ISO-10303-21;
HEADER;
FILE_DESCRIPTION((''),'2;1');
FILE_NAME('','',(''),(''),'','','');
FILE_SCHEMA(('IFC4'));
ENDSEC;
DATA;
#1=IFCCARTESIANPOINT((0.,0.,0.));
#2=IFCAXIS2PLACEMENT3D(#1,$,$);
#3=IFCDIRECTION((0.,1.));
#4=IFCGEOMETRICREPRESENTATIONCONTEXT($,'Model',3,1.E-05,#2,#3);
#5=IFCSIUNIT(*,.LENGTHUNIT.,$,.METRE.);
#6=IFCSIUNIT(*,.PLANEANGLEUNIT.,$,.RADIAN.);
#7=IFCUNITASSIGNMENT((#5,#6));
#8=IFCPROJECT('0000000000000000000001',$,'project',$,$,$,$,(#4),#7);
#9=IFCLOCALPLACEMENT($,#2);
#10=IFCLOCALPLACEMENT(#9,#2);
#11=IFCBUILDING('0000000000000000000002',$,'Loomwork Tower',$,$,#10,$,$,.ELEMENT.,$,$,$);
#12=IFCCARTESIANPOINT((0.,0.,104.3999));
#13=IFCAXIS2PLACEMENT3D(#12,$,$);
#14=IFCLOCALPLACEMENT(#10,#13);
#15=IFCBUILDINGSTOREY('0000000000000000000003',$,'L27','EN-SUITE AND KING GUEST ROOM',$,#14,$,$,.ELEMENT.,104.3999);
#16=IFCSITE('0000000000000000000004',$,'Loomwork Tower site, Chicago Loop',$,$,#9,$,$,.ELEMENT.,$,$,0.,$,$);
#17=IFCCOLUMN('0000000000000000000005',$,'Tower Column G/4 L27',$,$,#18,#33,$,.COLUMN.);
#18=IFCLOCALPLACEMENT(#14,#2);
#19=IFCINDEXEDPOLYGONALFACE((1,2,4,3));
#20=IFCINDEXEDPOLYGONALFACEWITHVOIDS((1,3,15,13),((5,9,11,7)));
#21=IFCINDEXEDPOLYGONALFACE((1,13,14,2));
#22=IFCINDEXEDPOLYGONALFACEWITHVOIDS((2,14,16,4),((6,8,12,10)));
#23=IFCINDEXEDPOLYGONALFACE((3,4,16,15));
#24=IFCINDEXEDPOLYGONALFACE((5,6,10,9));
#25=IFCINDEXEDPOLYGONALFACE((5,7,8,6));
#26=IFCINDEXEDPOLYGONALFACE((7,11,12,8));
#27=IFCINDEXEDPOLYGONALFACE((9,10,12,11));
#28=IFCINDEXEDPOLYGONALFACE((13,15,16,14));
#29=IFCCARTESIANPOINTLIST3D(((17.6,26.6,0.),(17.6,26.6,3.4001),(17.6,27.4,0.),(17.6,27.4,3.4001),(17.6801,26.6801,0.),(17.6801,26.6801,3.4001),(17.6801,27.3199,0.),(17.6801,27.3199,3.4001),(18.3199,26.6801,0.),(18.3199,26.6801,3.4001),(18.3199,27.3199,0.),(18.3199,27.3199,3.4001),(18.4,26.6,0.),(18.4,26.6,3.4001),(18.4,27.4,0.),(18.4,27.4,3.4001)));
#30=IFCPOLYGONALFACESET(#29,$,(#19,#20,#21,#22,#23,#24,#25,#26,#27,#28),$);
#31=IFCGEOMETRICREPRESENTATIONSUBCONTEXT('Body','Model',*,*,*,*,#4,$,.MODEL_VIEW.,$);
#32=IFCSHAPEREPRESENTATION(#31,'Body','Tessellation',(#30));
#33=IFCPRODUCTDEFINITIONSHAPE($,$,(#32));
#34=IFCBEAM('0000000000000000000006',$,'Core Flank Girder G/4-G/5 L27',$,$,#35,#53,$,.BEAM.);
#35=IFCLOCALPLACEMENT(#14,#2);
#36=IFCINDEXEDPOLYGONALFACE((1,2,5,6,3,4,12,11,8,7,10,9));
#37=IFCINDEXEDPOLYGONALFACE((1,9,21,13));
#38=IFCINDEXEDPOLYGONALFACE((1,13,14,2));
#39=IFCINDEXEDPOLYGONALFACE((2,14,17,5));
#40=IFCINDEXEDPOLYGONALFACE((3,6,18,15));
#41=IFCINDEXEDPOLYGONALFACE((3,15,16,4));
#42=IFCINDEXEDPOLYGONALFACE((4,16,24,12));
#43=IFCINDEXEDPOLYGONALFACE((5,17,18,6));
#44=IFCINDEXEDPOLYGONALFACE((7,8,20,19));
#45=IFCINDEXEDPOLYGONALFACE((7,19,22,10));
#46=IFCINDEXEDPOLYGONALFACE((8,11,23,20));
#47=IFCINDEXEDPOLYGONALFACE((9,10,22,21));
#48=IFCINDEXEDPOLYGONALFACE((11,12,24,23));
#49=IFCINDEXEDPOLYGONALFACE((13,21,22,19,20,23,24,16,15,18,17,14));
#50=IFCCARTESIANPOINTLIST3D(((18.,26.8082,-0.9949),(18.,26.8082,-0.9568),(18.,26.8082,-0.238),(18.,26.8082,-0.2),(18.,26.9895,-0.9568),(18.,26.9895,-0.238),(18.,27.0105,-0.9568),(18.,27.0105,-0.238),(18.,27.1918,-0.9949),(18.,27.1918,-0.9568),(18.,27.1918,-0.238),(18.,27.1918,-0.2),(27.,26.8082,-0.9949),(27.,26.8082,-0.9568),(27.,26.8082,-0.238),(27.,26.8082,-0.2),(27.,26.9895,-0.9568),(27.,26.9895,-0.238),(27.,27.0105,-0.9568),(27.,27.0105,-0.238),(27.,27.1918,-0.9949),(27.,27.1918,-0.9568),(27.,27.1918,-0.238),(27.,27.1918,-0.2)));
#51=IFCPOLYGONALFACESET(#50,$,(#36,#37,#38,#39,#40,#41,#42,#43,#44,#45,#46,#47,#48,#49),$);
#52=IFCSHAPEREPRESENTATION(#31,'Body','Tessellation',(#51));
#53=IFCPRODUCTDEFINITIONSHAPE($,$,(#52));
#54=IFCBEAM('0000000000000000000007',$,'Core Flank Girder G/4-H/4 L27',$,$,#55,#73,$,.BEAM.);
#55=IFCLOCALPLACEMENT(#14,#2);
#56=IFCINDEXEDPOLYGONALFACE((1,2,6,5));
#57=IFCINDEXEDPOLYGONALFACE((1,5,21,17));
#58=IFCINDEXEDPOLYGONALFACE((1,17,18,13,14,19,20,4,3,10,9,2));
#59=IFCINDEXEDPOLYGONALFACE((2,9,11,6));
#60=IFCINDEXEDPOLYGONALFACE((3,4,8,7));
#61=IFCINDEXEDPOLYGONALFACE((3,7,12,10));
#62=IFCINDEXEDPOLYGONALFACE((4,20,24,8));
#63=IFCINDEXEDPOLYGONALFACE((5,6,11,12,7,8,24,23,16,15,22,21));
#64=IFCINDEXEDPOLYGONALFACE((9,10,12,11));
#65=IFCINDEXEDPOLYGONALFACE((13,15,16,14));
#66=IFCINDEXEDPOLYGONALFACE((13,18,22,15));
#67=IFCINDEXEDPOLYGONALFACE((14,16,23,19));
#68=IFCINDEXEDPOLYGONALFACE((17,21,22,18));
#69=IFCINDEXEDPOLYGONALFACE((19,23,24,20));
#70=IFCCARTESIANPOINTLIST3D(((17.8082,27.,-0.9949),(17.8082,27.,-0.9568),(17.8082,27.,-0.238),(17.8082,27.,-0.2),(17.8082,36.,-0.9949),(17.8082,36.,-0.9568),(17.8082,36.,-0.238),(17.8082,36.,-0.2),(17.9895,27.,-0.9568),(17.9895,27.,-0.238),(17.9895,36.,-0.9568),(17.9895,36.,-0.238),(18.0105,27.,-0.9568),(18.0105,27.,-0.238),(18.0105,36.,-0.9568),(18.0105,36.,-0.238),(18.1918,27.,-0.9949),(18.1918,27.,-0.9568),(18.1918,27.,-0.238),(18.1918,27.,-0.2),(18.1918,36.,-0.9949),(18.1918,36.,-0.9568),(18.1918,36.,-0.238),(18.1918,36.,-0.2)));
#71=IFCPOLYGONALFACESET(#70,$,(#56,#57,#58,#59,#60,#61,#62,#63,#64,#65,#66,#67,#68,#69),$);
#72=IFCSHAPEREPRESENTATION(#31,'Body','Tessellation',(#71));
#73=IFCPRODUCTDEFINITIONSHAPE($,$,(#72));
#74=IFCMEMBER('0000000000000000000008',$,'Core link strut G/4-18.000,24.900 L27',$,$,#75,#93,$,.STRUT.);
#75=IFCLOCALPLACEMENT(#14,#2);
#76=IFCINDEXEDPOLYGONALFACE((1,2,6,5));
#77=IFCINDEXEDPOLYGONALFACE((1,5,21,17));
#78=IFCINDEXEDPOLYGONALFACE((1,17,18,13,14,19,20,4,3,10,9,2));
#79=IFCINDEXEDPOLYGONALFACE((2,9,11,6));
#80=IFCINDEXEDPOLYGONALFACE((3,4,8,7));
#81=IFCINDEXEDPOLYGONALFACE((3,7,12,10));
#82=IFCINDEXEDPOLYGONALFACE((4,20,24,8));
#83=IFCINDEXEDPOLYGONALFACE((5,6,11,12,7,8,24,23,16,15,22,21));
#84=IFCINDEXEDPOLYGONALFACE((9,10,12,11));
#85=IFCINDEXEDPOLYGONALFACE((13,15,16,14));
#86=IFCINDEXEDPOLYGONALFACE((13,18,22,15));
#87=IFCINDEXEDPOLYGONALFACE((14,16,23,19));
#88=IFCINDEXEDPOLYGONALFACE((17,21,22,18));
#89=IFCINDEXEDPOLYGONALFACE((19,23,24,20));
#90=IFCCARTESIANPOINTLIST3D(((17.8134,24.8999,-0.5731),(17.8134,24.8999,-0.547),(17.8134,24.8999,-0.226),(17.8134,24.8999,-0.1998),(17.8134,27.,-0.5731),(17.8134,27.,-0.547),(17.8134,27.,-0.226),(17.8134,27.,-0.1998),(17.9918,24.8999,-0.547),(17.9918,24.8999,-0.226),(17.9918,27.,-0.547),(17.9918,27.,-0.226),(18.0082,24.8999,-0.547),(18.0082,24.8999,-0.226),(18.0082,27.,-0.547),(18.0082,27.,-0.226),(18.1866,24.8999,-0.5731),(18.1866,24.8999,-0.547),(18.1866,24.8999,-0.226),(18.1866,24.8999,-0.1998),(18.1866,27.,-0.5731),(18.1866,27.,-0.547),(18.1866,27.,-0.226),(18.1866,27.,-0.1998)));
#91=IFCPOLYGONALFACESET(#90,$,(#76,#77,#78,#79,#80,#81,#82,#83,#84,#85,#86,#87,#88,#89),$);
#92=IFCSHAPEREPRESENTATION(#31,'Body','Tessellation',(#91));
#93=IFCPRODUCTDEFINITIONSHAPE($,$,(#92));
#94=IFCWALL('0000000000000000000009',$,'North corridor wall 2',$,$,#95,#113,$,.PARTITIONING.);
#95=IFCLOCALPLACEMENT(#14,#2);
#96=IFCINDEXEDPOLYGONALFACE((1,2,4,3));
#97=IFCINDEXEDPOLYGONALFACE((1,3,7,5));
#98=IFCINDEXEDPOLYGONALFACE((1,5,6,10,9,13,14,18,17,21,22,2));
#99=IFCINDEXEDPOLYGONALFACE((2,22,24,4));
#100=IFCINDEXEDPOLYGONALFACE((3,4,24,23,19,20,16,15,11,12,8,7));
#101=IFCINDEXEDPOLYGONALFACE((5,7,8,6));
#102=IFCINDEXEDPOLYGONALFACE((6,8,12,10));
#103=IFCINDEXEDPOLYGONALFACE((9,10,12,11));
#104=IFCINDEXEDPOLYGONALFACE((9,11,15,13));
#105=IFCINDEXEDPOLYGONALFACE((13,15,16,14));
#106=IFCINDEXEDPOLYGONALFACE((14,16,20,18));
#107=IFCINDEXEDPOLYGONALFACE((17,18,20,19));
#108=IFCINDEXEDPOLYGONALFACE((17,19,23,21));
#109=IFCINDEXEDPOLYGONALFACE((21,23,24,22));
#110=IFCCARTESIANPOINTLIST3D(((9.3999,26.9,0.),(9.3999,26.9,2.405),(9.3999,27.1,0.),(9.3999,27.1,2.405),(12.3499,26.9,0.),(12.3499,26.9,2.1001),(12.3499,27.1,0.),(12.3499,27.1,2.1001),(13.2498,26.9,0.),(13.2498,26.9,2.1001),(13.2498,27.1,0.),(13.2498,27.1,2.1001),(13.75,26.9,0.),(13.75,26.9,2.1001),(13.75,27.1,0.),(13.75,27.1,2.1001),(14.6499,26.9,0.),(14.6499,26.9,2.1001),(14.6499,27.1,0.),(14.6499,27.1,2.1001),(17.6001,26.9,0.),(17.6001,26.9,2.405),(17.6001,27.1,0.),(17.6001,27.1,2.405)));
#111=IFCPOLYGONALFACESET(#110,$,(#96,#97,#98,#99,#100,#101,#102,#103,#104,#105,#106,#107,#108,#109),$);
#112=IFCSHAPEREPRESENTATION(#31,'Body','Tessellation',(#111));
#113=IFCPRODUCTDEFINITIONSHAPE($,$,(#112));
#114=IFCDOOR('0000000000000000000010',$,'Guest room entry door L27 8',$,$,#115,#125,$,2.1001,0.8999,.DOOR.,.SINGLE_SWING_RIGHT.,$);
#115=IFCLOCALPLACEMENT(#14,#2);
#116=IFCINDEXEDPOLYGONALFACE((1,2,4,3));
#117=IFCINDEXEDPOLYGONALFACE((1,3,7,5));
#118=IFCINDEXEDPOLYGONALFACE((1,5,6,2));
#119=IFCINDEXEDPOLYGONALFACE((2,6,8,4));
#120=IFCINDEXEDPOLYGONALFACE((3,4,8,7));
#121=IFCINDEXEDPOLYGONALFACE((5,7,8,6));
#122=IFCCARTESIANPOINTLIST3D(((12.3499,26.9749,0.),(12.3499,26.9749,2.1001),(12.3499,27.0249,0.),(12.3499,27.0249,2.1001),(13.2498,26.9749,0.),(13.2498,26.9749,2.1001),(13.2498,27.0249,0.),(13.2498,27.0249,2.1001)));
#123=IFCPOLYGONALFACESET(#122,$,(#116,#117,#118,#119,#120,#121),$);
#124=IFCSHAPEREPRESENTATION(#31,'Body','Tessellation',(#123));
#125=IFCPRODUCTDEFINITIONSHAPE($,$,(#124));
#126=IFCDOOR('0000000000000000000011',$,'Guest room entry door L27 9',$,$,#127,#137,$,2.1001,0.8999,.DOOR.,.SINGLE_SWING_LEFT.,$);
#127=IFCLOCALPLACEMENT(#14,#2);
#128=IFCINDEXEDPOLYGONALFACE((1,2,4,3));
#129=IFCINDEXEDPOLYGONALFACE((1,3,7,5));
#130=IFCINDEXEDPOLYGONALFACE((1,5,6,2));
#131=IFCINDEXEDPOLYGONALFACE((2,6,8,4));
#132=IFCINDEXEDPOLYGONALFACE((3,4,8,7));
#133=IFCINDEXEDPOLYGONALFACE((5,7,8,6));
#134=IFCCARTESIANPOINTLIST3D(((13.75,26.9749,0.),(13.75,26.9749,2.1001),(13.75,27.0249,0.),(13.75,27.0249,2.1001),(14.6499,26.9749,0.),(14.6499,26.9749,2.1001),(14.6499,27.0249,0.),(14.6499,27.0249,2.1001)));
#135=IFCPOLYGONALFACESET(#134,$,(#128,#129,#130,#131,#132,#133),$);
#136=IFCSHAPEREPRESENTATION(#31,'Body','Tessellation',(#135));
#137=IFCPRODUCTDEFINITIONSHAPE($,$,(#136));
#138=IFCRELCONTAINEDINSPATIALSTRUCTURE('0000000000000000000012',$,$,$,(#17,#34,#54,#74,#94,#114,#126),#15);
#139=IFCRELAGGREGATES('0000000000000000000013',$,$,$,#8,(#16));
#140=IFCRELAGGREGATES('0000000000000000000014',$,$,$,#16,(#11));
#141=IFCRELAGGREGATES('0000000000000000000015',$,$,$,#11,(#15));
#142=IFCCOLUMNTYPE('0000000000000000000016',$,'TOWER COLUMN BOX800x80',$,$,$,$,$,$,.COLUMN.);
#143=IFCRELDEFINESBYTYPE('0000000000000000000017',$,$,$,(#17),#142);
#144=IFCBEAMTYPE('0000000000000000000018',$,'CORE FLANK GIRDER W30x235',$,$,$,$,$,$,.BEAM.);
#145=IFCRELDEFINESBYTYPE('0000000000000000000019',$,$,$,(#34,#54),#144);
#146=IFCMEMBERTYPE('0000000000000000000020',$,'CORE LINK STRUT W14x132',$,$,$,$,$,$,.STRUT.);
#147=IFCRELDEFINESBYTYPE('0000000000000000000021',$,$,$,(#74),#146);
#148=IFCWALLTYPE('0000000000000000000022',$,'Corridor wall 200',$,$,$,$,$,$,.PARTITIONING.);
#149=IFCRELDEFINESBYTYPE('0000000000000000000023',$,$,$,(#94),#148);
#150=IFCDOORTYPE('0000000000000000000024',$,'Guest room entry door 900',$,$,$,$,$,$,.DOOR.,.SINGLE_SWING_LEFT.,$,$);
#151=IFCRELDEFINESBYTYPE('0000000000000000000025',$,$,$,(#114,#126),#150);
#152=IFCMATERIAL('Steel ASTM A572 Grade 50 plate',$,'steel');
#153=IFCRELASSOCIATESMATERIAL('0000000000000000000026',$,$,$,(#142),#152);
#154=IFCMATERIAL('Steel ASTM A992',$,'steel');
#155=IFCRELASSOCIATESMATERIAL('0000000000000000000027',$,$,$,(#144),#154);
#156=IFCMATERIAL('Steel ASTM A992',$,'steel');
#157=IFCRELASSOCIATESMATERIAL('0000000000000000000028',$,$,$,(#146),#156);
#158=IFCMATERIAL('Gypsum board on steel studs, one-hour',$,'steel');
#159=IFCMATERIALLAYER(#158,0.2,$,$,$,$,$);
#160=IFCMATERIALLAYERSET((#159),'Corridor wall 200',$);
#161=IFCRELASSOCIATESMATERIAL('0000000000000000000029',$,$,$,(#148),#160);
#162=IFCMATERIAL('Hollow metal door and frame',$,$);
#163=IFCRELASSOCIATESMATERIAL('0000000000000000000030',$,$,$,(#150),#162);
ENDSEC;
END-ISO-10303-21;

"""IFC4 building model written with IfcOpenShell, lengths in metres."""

from ifc_helpers import new_model, si_unit, direction, frame, frame_2d, origin, origin_2d, place, context, subcontext, project, spatial, rectangle, hollow_rectangle, i_section, extrude, material, layer, layer_set, material_profile, profile_set, type_object, element, fill, save


model = new_model("IFC4")

# Units and contexts
model_context = context("Model", 3, precision=1e-05, world=origin(), true_north=direction((0.0, 1.0)))
body_context = subcontext(model_context, "Body", "Model", "MODEL_VIEW")
ifc_project = project(units=[si_unit("LENGTHUNIT", "METRE"), si_unit("PLANEANGLEUNIT", "RADIAN")], contexts=[model_context])

# Site, building, storey
site_placement = place(None, origin())
site = spatial("IfcSite", under=ifc_project, at=site_placement, Name="Loomwork Tower site, Chicago Loop", CompositionType="ELEMENT", RefElevation=0.0)
building_placement = place(site_placement, origin())
building = spatial("IfcBuilding", under=site, at=building_placement, Name="Loomwork Tower", CompositionType="ELEMENT")
storey_placement = place(building_placement, frame((0.0, 0.0, 104.3999)))
storey = spatial("IfcBuildingStorey", under=building, at=storey_placement, Name="L27", Description="EN-SUITE AND KING GUEST ROOM", CompositionType="ELEMENT", Elevation=104.3999)

# Column
ifc_material_1 = material(Name="Steel ASTM A572 Grade 50 plate", Category="steel")
ifc_material_profile_1 = material_profile(ifc_material_1, hollow_rectangle(XDim=0.8, YDim=0.8, WallThickness=0.0801, at=origin_2d()), Name="BOX800x80")
ifc_profile_set_1 = profile_set([ifc_material_profile_1], Name="Steel ASTM A572 Grade 50 plate")
column_type = type_object("IfcColumnType", Name="TOWER COLUMN BOX800x80", PredefinedType="COLUMN", material=ifc_profile_set_1)
column_placement = place(storey_placement, frame((18.0, 27.0, 0.0), z_axis=(0.0, 0.0, 1.0), x_axis=(1.0, 0.0, 0.0)))
element("IfcColumn", 1, at=column_placement, inside=storey, type_object=column_type, Name="Tower Column G/4 L27", PredefinedType="COLUMN", context=body_context, shape_type="SweptSolid", body=[
    extrude(hollow_rectangle(XDim=0.8, YDim=0.8, WallThickness=0.0801, at=origin_2d()), origin(), (0.0, 0.0, 1.0), 3.4001),
])

# Beams
ifc_material_2 = material(Name="Steel ASTM A992", Category="steel")
ifc_material_profile_2 = material_profile(ifc_material_2, i_section(OverallWidth=0.3835, OverallDepth=0.7949, WebThickness=0.021, FlangeThickness=0.0381, at=origin_2d()), Name="W30x235")
ifc_profile_set_2 = profile_set([ifc_material_profile_2], Name="Steel ASTM A992")
beam_type = type_object("IfcBeamType", Name="CORE FLANK GIRDER W30x235", PredefinedType="BEAM", material=ifc_profile_set_2)
for number, where, z_axis, x_axis, name in (
    (2, (18.0, 27.0, -0.5974), (1.0, 0.0, 0.0), (0.0, 1.0, 0.0), "Core Flank Girder G/4-G/5 L27"),
    (3, (18.0, 27.0, -0.5974), (0.0, 1.0, 0.0), (-1.0, 0.0, 0.0), "Core Flank Girder G/4-H/4 L27"),
):
    element("IfcBeam", number, at=place(storey_placement, frame(where, z_axis=z_axis, x_axis=x_axis)), inside=storey, type_object=beam_type, Name=name, PredefinedType="BEAM", context=body_context, shape_type="SweptSolid", body=[
        extrude(i_section(OverallWidth=0.3835, OverallDepth=0.7949, WebThickness=0.021, FlangeThickness=0.0381, at=origin_2d()), origin(), (0.0, 0.0, 1.0), 9.0),
    ])

# Member
ifc_material_3 = material(Name="Steel ASTM A992", Category="steel")
ifc_material_profile_3 = material_profile(ifc_material_3, i_section(OverallWidth=0.3733, OverallDepth=0.3733, WebThickness=0.0164, FlangeThickness=0.0261, at=origin_2d()), Name="W14x132")
ifc_profile_set_3 = profile_set([ifc_material_profile_3], Name="Steel ASTM A992")
member_type = type_object("IfcMemberType", Name="CORE LINK STRUT W14x132", PredefinedType="STRUT", material=ifc_profile_set_3)
member_placement = place(storey_placement, frame((18.0, 27.0, -0.3865), z_axis=(0.0, -1.0, 0.0), x_axis=(1.0, 0.0, 0.0)))
element("IfcMember", 4, at=member_placement, inside=storey, type_object=member_type, Name="Core link strut G/4-18.000,24.900 L27", PredefinedType="STRUT", context=body_context, shape_type="SweptSolid", body=[
    extrude(i_section(OverallWidth=0.3733, OverallDepth=0.3733, WebThickness=0.0164, FlangeThickness=0.0261, at=origin_2d()), origin(), (0.0, 0.0, 1.0), 2.1001),
])

# Wall, openings, doors
ifc_material_4 = material(Name="Gypsum board on steel studs, one-hour", Category="steel")
ifc_layer_1 = layer(ifc_material_4, 0.2)
ifc_layer_set_1 = layer_set([ifc_layer_1], Name="Corridor wall 200")
wall_type_1 = type_object("IfcWallType", Name="Corridor wall 200", PredefinedType="PARTITIONING", material=ifc_layer_set_1)
wall_1_placement = place(storey_placement, frame((9.3999, 27.0, 0.0), z_axis=(0.0, 0.0, 1.0), x_axis=(1.0, 0.0, 0.0)))
wall_1 = element("IfcWall", 5, at=wall_1_placement, inside=storey, type_object=wall_type_1, Name="North corridor wall 2", PredefinedType="PARTITIONING", context=body_context, shape_type="SweptSolid", body=[
    extrude(rectangle(XDim=8.2002, YDim=0.2, at=frame_2d((4.1001, 0.0))), origin(), (0.0, 0.0, 1.0), 2.405),
])
opening_1_placement = place(wall_1_placement, frame((2.95, 0.0, 0.0)))
opening_1 = element("IfcOpeningElement", 6, at=opening_1_placement, cuts=wall_1, PredefinedType="OPENING", context=body_context, shape_type="SweptSolid", body=[
    extrude(rectangle(XDim=0.8999, YDim=2.1001, at=frame_2d((0.45, 1.05))), frame((0.0, 0.1099, 0.0), z_axis=(0.0, -1.0, 0.0), x_axis=(1.0, 0.0, 0.0)), (0.0, 0.0, 1.0), 0.22),
])
opening_2_placement = place(wall_1_placement, frame((4.3501, 0.0, 0.0)))
opening_2 = element("IfcOpeningElement", 7, at=opening_2_placement, cuts=wall_1, PredefinedType="OPENING", context=body_context, shape_type="SweptSolid", body=[
    extrude(rectangle(XDim=0.8999, YDim=2.1001, at=frame_2d((0.45, 1.05))), frame((0.0, 0.1099, 0.0), z_axis=(0.0, -1.0, 0.0), x_axis=(1.0, 0.0, 0.0)), (0.0, 0.0, 1.0), 0.22),
])
ifc_material_5 = material(Name="Hollow metal door and frame")
door_type_1 = type_object("IfcDoorType", Name="Guest room entry door 900", OperationType="SINGLE_SWING_LEFT", PredefinedType="DOOR", material=ifc_material_5)
door_1_placement = place(opening_1_placement, origin())
door_1 = element("IfcDoor", 8, at=door_1_placement, inside=storey, type_object=door_type_1, Name="Guest room entry door L27 8", OperationType="SINGLE_SWING_RIGHT", OverallHeight=2.1001, OverallWidth=0.8999, PredefinedType="DOOR", context=body_context, shape_type="SweptSolid", body=[
    extrude(rectangle(XDim=0.8999, YDim=2.1001, at=frame_2d((0.45, 1.05))), frame((0.0, 0.0249, 0.0), z_axis=(0.0, -1.0, 0.0), x_axis=(1.0, 0.0, 0.0)), (0.0, 0.0, 1.0), 0.05),
])
fill(opening_1, door_1)
door_2_placement = place(opening_2_placement, origin())
door_2 = element("IfcDoor", 9, at=door_2_placement, inside=storey, type_object=door_type_1, Name="Guest room entry door L27 9", OperationType="SINGLE_SWING_LEFT", OverallHeight=2.1001, OverallWidth=0.8999, PredefinedType="DOOR", context=body_context, shape_type="SweptSolid", body=[
    extrude(rectangle(XDim=0.8999, YDim=2.1001, at=frame_2d((0.45, 1.05))), frame((0.0, 0.0249, 0.0), z_axis=(0.0, -1.0, 0.0), x_axis=(1.0, 0.0, 0.0)), (0.0, 0.0, 1.0), 0.05),
])
fill(opening_2, door_2)

save(model, "model.ifc")
